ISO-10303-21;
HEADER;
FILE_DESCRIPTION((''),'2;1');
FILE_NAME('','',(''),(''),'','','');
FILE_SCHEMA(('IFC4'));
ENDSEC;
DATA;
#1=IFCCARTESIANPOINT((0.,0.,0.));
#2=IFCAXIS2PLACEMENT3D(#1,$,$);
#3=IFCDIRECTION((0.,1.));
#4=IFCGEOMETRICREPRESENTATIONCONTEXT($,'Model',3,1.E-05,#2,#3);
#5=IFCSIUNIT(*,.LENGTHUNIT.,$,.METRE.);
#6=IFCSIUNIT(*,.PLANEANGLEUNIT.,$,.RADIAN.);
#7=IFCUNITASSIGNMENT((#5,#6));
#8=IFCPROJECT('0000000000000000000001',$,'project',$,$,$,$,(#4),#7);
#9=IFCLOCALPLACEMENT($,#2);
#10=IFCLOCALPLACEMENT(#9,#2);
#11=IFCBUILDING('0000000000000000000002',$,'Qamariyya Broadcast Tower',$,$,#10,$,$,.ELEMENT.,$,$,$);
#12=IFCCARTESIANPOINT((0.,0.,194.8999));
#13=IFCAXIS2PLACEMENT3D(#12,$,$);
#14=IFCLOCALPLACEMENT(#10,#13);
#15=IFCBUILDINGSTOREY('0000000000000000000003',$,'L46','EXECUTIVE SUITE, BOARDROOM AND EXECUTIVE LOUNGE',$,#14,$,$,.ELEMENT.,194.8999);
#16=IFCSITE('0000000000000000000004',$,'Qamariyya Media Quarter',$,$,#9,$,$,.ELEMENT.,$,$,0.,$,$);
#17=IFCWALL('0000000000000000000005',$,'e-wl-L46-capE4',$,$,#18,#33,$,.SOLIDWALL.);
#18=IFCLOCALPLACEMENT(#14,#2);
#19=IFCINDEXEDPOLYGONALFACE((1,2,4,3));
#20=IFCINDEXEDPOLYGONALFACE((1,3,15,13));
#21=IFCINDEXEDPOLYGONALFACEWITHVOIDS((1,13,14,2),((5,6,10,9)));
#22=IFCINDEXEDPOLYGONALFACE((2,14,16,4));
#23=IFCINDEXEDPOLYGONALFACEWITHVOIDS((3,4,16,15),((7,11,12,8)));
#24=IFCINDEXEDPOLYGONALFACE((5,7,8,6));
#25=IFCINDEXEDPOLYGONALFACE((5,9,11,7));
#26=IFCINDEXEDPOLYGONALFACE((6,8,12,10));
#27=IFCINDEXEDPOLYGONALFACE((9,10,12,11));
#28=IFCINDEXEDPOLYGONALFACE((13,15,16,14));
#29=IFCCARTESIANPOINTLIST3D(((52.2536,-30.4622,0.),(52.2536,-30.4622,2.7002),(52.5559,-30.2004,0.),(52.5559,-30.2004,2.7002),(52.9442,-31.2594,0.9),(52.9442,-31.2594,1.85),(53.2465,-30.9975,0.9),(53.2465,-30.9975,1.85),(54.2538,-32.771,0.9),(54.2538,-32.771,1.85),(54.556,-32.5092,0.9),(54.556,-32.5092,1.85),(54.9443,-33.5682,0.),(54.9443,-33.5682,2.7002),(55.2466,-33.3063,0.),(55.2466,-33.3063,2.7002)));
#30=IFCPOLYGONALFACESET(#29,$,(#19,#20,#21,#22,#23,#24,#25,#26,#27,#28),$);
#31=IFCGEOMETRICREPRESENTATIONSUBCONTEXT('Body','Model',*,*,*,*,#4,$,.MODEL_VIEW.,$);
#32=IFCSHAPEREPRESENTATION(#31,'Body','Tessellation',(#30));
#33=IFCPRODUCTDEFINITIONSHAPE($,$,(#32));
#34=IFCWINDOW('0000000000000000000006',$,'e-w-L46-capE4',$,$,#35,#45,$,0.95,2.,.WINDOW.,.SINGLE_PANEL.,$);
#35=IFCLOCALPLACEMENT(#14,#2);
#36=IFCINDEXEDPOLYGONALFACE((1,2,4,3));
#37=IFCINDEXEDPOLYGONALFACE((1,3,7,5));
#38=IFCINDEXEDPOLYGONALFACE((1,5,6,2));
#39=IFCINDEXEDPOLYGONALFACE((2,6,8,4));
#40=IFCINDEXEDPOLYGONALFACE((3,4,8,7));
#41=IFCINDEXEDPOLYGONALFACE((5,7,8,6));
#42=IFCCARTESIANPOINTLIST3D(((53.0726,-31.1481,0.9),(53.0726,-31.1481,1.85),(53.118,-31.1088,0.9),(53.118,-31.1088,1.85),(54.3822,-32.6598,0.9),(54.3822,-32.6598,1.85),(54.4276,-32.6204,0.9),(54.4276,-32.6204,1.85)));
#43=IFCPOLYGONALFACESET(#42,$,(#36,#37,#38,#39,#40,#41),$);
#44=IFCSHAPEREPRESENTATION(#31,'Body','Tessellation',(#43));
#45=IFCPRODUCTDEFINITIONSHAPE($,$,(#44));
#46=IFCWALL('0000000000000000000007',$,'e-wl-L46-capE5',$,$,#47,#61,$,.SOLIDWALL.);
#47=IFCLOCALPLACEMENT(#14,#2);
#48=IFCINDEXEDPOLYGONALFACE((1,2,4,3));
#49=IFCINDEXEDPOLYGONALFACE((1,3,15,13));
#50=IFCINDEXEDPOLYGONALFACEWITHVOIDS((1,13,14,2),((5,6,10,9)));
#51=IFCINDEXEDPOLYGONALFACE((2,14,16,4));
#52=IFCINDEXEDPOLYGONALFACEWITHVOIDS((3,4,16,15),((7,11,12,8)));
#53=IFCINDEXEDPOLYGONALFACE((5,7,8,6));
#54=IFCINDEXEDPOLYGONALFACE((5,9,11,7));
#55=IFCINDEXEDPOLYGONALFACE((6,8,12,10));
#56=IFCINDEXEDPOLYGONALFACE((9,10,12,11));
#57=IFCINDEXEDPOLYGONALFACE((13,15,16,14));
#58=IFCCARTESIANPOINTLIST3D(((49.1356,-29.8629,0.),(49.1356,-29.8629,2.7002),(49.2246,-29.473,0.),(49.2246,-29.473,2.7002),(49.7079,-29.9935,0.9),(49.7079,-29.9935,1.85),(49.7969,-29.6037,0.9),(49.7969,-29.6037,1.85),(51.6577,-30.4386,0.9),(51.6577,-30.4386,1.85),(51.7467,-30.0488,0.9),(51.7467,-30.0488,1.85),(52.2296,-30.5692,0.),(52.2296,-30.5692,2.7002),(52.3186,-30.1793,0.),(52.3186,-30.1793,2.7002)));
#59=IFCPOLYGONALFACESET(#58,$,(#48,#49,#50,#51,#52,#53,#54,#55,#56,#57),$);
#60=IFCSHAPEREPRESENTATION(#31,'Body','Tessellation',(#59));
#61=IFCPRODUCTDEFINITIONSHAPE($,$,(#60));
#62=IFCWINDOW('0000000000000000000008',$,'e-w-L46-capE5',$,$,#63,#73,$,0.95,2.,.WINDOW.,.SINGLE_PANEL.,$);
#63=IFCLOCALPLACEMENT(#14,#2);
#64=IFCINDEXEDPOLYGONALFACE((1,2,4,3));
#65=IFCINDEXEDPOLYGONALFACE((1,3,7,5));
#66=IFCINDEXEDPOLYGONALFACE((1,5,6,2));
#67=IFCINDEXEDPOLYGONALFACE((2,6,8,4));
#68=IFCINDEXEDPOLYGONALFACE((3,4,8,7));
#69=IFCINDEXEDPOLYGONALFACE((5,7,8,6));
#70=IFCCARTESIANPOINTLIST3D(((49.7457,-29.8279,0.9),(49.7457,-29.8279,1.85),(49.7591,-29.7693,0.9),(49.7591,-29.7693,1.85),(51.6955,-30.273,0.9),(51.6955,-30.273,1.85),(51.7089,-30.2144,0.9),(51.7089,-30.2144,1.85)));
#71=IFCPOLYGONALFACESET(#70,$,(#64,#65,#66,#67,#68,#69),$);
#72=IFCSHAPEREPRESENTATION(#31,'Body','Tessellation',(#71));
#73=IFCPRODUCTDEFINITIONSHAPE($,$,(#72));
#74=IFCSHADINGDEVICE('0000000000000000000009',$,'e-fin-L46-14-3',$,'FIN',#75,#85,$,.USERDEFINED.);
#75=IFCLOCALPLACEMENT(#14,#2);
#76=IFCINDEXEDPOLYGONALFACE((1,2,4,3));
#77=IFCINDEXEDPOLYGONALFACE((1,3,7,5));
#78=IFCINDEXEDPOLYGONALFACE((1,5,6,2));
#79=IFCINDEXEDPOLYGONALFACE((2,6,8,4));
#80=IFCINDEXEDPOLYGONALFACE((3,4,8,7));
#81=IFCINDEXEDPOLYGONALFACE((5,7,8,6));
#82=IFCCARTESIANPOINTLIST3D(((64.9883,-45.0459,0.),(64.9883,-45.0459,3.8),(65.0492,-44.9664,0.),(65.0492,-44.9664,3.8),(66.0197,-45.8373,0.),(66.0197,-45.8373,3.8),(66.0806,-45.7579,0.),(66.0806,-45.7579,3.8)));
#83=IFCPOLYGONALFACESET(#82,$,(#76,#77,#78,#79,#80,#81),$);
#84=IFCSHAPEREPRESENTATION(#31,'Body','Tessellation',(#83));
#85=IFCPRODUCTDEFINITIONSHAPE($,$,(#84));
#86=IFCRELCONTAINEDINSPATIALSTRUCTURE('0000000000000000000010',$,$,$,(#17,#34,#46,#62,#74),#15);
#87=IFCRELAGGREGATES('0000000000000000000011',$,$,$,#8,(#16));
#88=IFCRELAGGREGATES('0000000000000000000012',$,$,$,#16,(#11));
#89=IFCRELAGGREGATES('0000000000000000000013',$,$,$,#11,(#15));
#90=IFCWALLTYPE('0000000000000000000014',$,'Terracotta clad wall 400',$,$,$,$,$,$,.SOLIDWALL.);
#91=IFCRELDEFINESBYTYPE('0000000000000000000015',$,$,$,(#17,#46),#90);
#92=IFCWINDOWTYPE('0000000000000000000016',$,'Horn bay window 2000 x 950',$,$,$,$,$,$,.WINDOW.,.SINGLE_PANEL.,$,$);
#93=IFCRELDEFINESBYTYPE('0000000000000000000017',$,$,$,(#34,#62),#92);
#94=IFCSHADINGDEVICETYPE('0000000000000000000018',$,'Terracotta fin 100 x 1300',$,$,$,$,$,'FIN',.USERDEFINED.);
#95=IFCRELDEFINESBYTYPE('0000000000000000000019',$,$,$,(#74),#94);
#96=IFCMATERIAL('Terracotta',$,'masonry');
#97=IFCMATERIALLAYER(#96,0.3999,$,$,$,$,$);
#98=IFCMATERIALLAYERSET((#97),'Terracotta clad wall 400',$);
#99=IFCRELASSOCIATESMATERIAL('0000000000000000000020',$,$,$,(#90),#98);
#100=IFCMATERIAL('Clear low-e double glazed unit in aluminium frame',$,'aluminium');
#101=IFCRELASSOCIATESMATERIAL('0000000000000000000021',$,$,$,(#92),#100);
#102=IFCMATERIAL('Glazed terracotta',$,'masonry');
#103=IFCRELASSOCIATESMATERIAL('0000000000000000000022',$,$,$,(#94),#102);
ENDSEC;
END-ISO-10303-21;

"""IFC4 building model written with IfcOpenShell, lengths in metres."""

from ifc_helpers import new_model, si_unit, direction, frame, frame_2d, origin, origin_2d, place, context, subcontext, project, spatial, rectangle, extrude, material, layer, layer_set, material_profile, profile_set, type_object, element, fill, save


model = new_model("IFC4")

# Units and contexts
model_context = context("Model", 3, precision=1e-05, world=origin(), true_north=direction((0.0, 1.0)))
body_context = subcontext(model_context, "Body", "Model", "MODEL_VIEW")
ifc_project = project(units=[si_unit("LENGTHUNIT", "METRE"), si_unit("PLANEANGLEUNIT", "RADIAN")], contexts=[model_context])

# Site, building, storey
site_placement = place(None, origin())
site = spatial("IfcSite", under=ifc_project, at=site_placement, Name="Qamariyya Media Quarter", CompositionType="ELEMENT", RefElevation=0.0)
building_placement = place(site_placement, origin())
building = spatial("IfcBuilding", under=site, at=building_placement, Name="Qamariyya Broadcast Tower", CompositionType="ELEMENT")
storey_placement = place(building_placement, frame((0.0, 0.0, 194.8999)))
storey = spatial("IfcBuildingStorey", under=building, at=storey_placement, Name="L46", Description="EXECUTIVE SUITE, BOARDROOM AND EXECUTIVE LOUNGE", CompositionType="ELEMENT", Elevation=194.8999)

# Walls, openings, windows
ifc_material_1 = material(Name="Terracotta", Category="masonry")
ifc_layer = layer(ifc_material_1, 0.3999)
ifc_layer_set = layer_set([ifc_layer], Name="Terracotta clad wall 400")
wall_type = type_object("IfcWallType", Name="Terracotta clad wall 400", PredefinedType="SOLIDWALL", material=ifc_layer_set)
ifc_material_2 = material(Name="Clear low-e double glazed unit in aluminium frame", Category="aluminium")
window_type = type_object("IfcWindowType", Name="Horn bay window 2000 x 950", PartitioningType="SINGLE_PANEL", PredefinedType="WINDOW", material=ifc_material_2)
wall_1_placement = place(storey_placement, frame((55.0955, -33.4373, 0.0), z_axis=(0.0, 0.0, 1.0), x_axis=(-0.65477, 0.755828, 0.0)))
wall_1 = element("IfcWall", 1, at=wall_1_placement, inside=storey, type_object=wall_type, Name="e-wl-L46-capE4", PredefinedType="SOLIDWALL", context=body_context, shape_type="SweptSolid", body=[
    extrude(rectangle(XDim=4.1094, YDim=0.3999, at=frame_2d((2.0547, 0.0))), origin(), (0.0, 0.0, 1.0), 2.7002),
])
opening_1_placement = place(wall_1_placement, frame((1.0547, 0.0, 0.8999)))
opening_1 = element("IfcOpeningElement", 2, at=opening_1_placement, cuts=wall_1, PredefinedType="OPENING", context=body_context, shape_type="SweptSolid", body=[
    extrude(rectangle(XDim=2.0, YDim=0.95, at=frame_2d((1.0, 0.4751))), frame((0.0, 0.21, 0.0), z_axis=(0.0, -1.0, 0.0), x_axis=(1.0, 0.0, 0.0)), (0.0, 0.0, 1.0), 0.4199),
])
window_1_placement = place(opening_1_placement, origin())
window_1 = element("IfcWindow", 3, at=window_1_placement, inside=storey, type_object=window_type, Name="e-w-L46-capE4", OverallHeight=0.95, OverallWidth=2.0, PartitioningType="SINGLE_PANEL", PredefinedType="WINDOW", context=body_context, shape_type="SweptSolid", body=[
    extrude(rectangle(XDim=2.0, YDim=0.95, at=frame_2d((1.0, 0.4751))), frame((0.0, 0.03, 0.0), z_axis=(0.0, -1.0, 0.0), x_axis=(1.0, 0.0, 0.0)), (0.0, 0.0, 1.0), 0.0601),
])
fill(opening_1, window_1)
wall_2_placement = place(storey_placement, frame((52.2742, -30.3743, 0.0), z_axis=(0.0, 0.0, 1.0), x_axis=(-0.97492, 0.222555, 0.0)))
wall_2 = element("IfcWall", 4, at=wall_2_placement, inside=storey, type_object=wall_type, Name="e-wl-L46-capE5", PredefinedType="SOLIDWALL", context=body_context, shape_type="SweptSolid", body=[
    extrude(rectangle(XDim=3.1736, YDim=0.3999, at=frame_2d((1.5869, 0.0))), origin(), (0.0, 0.0, 1.0), 2.7002),
])
opening_2_placement = place(wall_2_placement, frame((0.5867, 0.0, 0.8999)))
opening_2 = element("IfcOpeningElement", 5, at=opening_2_placement, cuts=wall_2, PredefinedType="OPENING", context=body_context, shape_type="SweptSolid", body=[
    extrude(rectangle(XDim=2.0, YDim=0.95, at=frame_2d((1.0, 0.4751))), frame((0.0, 0.21, 0.0), z_axis=(0.0, -1.0, 0.0), x_axis=(1.0, 0.0, 0.0)), (0.0, 0.0, 1.0), 0.4199),
])
window_2_placement = place(opening_2_placement, origin())
window_2 = element("IfcWindow", 6, at=window_2_placement, inside=storey, type_object=window_type, Name="e-w-L46-capE5", OverallHeight=0.95, OverallWidth=2.0, PartitioningType="SINGLE_PANEL", PredefinedType="WINDOW", context=body_context, shape_type="SweptSolid", body=[
    extrude(rectangle(XDim=2.0, YDim=0.95, at=frame_2d((1.0, 0.4751))), frame((0.0, 0.03, 0.0), z_axis=(0.0, -1.0, 0.0), x_axis=(1.0, 0.0, 0.0)), (0.0, 0.0, 1.0), 0.0601),
])
fill(opening_2, window_2)

# Shading device
ifc_material_3 = material(Name="Glazed terracotta", Category="masonry")
ifc_material_profile_1 = material_profile(ifc_material_3, rectangle(XDim=1.3, YDim=0.1001, at=origin_2d()))
ifc_profile_set_1 = profile_set([ifc_material_profile_1], Name="Glazed terracotta")
shading_device_type = type_object("IfcShadingDeviceType", Name="Terracotta fin 100 x 1300", ElementType="FIN", PredefinedType="USERDEFINED", material=ifc_profile_set_1)
shading_device_placement = place(storey_placement, frame((65.5344, -45.4019, 0.0), z_axis=(0.0, 0.0, 1.0), x_axis=(0.793353, -0.608761, 0.0)))
element("IfcShadingDevice", 7, at=shading_device_placement, inside=storey, type_object=shading_device_type, Name="e-fin-L46-14-3", ObjectType="FIN", PredefinedType="USERDEFINED", context=body_context, shape_type="SweptSolid", body=[
    extrude(rectangle(XDim=1.3, YDim=0.1001, at=origin_2d()), origin(), (0.0, 0.0, 1.0), 3.8),
])

save(model, "model.ifc")
